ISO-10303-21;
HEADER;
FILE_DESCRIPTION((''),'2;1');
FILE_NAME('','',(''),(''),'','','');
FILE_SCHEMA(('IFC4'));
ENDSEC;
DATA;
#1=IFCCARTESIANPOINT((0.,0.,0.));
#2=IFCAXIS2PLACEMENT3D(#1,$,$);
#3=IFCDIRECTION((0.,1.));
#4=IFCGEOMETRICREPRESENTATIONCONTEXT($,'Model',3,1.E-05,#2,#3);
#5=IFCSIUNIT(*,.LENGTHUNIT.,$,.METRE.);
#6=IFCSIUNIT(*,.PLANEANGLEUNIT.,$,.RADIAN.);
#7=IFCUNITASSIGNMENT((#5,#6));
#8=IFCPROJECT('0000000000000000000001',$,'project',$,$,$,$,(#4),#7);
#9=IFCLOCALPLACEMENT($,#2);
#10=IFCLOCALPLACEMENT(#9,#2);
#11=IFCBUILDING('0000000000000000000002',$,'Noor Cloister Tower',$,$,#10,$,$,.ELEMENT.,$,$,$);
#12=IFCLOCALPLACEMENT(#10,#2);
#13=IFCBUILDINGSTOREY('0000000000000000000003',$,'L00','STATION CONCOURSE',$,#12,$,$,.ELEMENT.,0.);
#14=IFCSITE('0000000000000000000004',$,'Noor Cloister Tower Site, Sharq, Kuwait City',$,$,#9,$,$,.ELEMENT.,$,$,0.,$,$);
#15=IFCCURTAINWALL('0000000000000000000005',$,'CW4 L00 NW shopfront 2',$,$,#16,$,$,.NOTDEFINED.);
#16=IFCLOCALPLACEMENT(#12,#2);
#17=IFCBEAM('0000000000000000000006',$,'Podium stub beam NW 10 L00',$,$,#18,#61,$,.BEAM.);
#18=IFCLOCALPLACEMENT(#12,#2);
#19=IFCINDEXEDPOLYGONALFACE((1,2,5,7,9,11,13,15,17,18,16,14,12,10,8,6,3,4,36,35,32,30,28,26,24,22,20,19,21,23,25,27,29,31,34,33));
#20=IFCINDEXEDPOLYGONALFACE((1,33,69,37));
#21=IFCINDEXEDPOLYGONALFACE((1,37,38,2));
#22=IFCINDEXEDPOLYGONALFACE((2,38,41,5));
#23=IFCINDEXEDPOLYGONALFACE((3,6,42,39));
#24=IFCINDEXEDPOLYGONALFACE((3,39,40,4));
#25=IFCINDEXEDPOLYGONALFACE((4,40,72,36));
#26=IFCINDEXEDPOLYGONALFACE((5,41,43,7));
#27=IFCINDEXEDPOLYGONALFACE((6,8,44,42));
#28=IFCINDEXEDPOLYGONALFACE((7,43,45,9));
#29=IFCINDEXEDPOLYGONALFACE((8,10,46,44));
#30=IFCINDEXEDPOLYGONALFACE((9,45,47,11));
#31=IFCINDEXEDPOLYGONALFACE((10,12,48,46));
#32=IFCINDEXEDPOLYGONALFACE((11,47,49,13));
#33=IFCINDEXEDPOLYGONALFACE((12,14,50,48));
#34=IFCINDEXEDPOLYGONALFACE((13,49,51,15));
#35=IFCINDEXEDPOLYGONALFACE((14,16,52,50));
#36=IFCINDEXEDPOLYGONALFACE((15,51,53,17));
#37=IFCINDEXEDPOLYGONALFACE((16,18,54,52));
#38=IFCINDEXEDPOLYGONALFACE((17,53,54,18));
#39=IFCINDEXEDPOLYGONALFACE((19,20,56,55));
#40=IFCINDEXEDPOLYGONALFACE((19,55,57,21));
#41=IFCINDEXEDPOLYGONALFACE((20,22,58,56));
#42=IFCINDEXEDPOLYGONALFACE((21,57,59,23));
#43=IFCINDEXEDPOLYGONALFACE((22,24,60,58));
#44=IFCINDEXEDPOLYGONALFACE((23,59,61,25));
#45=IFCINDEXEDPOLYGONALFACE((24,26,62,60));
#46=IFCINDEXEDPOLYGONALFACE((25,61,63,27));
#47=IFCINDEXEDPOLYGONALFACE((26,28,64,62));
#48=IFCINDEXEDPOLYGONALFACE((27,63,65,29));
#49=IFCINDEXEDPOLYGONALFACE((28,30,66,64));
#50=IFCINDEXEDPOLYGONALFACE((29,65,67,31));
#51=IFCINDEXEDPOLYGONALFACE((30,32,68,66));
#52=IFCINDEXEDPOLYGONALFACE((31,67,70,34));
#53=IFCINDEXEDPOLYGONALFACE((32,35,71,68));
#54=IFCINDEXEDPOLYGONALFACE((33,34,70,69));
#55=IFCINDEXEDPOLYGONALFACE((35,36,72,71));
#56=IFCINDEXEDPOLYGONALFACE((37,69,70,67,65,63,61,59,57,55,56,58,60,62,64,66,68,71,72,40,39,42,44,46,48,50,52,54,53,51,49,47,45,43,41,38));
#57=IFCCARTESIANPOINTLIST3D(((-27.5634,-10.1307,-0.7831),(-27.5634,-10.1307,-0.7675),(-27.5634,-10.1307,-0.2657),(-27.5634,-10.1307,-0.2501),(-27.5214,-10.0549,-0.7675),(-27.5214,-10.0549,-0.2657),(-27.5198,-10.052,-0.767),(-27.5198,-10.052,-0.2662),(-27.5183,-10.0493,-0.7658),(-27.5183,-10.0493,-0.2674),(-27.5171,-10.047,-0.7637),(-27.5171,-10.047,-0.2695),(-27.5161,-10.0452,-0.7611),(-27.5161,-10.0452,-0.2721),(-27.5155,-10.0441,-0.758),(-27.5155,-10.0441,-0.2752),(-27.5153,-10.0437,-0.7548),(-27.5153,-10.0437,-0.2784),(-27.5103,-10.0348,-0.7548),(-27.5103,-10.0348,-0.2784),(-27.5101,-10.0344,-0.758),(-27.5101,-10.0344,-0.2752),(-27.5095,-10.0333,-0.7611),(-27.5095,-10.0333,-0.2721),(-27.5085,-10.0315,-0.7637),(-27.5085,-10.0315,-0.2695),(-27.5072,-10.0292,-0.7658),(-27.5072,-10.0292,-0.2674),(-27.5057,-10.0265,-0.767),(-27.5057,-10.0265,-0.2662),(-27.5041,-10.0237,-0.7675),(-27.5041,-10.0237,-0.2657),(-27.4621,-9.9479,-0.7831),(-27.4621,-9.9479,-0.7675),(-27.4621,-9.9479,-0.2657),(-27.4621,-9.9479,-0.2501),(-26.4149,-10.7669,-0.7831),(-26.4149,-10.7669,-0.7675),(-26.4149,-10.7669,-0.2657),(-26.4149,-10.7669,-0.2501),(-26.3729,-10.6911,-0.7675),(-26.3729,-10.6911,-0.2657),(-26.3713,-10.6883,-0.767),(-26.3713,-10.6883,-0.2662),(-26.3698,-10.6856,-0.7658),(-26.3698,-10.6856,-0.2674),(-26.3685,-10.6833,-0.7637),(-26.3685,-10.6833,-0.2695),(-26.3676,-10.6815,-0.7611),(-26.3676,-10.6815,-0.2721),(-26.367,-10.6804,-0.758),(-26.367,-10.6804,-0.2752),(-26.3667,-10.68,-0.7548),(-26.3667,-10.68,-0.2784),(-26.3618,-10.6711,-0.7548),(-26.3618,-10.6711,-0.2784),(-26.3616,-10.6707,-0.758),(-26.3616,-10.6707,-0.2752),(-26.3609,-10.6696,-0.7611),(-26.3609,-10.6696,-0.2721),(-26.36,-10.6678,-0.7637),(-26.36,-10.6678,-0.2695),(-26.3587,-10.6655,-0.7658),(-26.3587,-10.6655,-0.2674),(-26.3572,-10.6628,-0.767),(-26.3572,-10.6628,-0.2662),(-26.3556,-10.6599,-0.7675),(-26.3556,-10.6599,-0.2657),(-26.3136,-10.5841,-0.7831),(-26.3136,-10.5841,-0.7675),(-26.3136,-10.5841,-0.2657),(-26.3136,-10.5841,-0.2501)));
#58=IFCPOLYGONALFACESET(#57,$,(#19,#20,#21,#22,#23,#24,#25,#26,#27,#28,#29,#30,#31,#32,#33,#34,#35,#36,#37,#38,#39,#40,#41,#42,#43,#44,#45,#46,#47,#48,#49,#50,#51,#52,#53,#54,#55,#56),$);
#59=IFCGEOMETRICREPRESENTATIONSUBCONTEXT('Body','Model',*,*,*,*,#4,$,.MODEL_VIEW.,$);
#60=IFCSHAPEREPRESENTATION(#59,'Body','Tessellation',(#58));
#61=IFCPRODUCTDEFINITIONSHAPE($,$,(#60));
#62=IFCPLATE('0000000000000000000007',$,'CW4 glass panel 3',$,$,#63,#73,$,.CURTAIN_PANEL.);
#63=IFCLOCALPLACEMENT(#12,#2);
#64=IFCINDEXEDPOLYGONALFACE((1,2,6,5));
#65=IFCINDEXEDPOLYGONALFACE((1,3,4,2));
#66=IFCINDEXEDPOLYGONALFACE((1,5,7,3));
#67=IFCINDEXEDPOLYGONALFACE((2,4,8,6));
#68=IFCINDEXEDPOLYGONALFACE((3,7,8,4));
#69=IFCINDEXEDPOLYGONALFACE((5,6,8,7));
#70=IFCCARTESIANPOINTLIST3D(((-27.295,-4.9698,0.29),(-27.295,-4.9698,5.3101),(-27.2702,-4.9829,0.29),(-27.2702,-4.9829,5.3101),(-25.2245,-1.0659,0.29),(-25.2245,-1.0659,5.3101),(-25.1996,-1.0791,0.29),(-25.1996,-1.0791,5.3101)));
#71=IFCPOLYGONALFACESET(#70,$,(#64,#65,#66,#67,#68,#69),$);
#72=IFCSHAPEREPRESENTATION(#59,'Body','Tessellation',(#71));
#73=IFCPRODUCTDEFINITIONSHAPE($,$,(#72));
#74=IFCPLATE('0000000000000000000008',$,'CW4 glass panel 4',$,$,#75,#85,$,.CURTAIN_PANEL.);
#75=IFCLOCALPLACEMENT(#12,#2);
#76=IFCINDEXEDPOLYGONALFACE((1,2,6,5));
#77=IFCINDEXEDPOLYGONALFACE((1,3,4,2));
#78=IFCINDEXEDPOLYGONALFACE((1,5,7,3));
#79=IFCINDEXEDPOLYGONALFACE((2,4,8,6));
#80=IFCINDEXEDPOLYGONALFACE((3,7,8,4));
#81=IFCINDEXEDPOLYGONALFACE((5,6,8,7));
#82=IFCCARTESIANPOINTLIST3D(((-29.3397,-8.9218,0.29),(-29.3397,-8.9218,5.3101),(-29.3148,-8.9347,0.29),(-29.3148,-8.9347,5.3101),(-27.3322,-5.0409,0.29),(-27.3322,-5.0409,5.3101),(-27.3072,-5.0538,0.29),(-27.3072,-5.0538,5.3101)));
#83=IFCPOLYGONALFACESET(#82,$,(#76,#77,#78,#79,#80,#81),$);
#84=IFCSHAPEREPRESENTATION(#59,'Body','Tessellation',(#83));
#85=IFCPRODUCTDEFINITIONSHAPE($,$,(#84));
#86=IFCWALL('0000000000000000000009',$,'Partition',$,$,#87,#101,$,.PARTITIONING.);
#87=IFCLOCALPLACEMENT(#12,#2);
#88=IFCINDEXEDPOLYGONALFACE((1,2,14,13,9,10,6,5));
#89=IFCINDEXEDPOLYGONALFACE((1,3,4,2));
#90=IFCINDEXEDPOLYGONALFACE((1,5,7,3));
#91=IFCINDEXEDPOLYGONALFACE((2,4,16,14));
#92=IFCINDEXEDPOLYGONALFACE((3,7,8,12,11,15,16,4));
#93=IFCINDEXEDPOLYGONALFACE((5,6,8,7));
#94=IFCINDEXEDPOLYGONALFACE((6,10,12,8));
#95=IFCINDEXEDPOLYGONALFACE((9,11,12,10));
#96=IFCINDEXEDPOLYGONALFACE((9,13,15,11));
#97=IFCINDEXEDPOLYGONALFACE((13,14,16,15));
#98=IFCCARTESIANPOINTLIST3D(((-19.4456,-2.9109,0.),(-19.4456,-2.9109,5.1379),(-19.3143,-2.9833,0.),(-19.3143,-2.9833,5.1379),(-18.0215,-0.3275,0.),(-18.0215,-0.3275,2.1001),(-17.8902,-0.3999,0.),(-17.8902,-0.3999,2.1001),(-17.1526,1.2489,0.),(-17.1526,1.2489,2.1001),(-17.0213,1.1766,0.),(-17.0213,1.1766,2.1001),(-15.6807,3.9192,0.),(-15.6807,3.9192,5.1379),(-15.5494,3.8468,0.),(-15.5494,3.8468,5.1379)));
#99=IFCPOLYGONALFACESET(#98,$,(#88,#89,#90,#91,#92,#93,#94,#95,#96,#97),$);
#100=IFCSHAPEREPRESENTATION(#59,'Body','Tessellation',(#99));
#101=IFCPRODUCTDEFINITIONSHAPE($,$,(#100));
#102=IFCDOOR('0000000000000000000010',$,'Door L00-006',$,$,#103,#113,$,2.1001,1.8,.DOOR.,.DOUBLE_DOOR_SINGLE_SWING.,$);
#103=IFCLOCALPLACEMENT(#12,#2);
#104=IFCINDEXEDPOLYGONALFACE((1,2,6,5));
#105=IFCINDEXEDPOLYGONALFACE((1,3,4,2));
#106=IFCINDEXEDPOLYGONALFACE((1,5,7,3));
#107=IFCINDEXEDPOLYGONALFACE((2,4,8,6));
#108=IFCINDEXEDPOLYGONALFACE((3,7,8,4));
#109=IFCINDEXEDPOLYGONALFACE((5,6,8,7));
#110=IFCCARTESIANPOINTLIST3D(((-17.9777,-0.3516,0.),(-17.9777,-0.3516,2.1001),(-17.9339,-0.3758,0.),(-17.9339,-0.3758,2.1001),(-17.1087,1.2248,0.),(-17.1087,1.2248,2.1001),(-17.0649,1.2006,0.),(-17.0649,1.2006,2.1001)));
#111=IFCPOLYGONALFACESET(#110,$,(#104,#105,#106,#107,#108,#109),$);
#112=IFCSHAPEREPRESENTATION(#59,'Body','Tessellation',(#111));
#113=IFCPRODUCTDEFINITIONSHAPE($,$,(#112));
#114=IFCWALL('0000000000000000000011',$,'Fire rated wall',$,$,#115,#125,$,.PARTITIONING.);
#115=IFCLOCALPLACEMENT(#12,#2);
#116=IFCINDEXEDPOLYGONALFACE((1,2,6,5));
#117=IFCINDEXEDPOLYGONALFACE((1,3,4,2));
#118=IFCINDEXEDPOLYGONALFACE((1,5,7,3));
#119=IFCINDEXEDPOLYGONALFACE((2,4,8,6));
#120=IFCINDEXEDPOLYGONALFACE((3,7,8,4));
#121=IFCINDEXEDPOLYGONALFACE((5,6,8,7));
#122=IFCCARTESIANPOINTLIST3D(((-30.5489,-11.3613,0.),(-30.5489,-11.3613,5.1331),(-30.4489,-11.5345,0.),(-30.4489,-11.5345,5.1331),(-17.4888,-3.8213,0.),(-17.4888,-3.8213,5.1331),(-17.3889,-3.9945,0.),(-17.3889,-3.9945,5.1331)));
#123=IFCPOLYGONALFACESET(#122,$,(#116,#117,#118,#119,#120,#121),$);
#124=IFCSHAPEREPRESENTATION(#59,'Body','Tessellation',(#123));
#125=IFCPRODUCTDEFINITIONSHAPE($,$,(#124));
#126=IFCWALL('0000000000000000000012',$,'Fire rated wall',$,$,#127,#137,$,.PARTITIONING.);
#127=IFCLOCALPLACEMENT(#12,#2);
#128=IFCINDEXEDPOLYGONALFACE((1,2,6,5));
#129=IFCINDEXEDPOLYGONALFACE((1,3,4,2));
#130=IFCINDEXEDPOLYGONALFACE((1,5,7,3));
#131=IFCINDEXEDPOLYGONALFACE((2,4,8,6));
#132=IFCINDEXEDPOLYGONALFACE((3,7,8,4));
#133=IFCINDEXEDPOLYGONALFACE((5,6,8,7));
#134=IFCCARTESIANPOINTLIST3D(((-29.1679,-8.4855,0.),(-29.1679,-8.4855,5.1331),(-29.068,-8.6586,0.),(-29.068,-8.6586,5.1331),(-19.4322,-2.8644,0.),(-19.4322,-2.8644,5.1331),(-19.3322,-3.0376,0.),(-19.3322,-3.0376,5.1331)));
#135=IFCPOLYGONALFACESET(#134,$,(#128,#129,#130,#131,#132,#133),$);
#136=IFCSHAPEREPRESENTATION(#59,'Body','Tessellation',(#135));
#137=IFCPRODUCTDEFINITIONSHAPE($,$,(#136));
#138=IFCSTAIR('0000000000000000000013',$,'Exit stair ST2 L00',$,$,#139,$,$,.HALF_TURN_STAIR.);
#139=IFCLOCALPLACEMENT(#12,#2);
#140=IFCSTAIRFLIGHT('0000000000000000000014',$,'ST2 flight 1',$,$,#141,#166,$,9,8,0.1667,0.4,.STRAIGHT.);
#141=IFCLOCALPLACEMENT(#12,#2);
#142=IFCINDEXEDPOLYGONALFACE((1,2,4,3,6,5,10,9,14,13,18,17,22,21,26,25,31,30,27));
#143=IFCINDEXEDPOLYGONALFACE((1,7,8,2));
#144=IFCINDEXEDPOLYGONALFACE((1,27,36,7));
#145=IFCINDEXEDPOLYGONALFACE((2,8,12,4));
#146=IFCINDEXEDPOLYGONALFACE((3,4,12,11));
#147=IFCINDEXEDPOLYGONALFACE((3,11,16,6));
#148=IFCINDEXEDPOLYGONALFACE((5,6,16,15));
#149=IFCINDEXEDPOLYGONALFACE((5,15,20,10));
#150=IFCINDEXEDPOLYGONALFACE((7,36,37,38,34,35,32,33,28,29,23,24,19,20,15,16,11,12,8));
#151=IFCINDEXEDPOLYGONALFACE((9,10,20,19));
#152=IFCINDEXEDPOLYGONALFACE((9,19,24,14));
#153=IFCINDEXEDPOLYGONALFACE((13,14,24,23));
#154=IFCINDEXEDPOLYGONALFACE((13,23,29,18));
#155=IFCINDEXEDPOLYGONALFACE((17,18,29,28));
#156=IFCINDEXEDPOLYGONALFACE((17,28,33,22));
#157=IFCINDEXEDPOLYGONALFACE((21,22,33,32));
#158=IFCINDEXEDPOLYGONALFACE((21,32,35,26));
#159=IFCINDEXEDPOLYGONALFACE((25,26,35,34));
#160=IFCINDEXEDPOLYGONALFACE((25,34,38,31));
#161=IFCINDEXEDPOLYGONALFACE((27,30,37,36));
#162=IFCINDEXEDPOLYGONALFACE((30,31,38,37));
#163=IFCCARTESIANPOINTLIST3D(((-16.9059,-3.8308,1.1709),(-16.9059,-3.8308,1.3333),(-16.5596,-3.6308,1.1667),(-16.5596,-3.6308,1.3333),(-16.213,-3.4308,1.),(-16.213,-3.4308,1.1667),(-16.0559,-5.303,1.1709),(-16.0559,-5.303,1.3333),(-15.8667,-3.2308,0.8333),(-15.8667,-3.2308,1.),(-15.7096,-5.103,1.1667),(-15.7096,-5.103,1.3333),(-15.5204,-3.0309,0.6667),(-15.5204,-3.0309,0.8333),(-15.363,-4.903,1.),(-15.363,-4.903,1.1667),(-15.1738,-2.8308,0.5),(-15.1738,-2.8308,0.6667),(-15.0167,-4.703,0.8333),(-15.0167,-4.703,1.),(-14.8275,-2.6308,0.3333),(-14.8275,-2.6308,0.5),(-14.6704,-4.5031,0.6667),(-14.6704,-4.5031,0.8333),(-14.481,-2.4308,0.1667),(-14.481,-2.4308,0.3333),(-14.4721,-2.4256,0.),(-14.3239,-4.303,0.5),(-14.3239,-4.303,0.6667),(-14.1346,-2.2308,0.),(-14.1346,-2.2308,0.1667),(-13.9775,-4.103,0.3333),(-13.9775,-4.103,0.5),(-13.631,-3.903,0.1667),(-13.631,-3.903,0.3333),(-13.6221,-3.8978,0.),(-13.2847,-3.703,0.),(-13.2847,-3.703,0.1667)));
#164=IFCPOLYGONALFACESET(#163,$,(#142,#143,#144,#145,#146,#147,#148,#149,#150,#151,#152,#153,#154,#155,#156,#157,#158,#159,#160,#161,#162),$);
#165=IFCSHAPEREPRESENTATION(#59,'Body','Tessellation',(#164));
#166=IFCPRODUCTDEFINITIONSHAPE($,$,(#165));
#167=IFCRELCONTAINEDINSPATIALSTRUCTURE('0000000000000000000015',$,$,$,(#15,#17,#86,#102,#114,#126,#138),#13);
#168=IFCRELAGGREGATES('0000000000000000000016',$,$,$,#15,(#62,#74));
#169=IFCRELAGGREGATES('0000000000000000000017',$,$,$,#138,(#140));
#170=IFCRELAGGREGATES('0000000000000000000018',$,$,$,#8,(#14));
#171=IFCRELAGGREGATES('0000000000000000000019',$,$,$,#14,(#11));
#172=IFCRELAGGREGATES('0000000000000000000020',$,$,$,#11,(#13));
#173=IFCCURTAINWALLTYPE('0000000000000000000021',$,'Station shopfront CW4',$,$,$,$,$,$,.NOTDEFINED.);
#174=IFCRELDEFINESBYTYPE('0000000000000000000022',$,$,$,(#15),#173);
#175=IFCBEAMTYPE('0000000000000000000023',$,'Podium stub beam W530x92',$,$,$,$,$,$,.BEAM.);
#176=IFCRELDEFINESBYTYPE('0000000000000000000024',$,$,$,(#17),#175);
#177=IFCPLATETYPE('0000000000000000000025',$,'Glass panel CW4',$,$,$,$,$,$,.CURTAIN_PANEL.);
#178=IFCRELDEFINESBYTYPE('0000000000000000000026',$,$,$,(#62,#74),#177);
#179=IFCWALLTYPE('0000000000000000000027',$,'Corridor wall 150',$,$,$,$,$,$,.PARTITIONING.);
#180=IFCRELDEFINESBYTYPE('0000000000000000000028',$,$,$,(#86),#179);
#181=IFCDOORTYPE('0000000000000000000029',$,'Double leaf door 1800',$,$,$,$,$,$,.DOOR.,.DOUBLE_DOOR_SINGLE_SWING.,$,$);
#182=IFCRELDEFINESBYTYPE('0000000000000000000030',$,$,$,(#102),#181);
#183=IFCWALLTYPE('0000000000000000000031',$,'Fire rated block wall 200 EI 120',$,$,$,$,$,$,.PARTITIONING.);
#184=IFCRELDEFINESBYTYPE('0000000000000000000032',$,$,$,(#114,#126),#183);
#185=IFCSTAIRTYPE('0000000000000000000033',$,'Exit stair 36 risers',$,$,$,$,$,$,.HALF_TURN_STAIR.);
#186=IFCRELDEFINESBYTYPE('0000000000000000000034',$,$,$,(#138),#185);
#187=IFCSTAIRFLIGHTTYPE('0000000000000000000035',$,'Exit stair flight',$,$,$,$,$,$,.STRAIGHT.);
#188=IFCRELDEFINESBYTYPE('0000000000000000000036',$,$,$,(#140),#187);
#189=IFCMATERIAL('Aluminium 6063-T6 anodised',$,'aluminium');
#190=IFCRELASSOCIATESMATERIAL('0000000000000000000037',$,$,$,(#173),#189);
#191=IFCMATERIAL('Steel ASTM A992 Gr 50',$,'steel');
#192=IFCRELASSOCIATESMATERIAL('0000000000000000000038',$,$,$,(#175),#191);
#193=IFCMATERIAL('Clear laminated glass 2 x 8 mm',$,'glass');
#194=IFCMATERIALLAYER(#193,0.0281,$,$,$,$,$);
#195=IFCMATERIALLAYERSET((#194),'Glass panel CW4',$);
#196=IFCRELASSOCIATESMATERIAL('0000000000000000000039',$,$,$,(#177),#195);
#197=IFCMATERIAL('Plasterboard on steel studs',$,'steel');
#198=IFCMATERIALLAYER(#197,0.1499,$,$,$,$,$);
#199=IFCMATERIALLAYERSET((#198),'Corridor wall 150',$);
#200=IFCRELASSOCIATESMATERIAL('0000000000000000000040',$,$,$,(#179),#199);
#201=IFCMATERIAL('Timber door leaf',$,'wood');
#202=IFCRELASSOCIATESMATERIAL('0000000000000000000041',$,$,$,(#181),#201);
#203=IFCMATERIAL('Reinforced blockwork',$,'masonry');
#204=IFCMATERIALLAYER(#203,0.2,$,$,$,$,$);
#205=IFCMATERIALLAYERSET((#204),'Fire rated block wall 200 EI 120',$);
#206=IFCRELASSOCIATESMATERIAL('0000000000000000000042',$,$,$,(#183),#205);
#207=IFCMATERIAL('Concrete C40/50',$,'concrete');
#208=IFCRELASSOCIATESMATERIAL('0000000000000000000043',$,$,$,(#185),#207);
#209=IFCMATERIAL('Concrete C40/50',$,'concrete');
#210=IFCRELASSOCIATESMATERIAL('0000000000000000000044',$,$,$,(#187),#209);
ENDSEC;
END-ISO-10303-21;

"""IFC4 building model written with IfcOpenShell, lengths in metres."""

from ifc_helpers import new_model, si_unit, direction, frame, frame_2d, origin, origin_2d, place, context, subcontext, project, spatial, polyline, rectangle, i_section, outline, extrude, material, layer, layer_set, material_profile, profile_set, type_object, element, fill, aggregate, save


model = new_model("IFC4")

# Units and contexts
model_context = context("Model", 3, precision=1e-05, world=origin(), true_north=direction((0.0, 1.0)))
body_context = subcontext(model_context, "Body", "Model", "MODEL_VIEW")
ifc_project = project(units=[si_unit("LENGTHUNIT", "METRE"), si_unit("PLANEANGLEUNIT", "RADIAN")], contexts=[model_context])

# Site, building, storey
site_placement = place(None, origin())
site = spatial("IfcSite", under=ifc_project, at=site_placement, Name="Noor Cloister Tower Site, Sharq, Kuwait City", CompositionType="ELEMENT", RefElevation=0.0)
building_placement = place(site_placement, origin())
building = spatial("IfcBuilding", under=site, at=building_placement, Name="Noor Cloister Tower", CompositionType="ELEMENT")
storey_placement = place(building_placement, origin())
storey = spatial("IfcBuildingStorey", under=building, at=storey_placement, Name="L00", Description="STATION CONCOURSE", CompositionType="ELEMENT", Elevation=0.0)

# Curtain wall
ifc_material_1 = material(Name="Aluminium 6063-T6 anodised", Category="aluminium")
curtain_wall_type = type_object("IfcCurtainWallType", Name="Station shopfront CW4", PredefinedType="NOTDEFINED", material=ifc_material_1)
curtain_wall_placement = place(storey_placement, origin())
curtain_wall = element("IfcCurtainWall", 1, at=curtain_wall_placement, inside=storey, type_object=curtain_wall_type, Name="CW4 L00 NW shopfront 2", PredefinedType="NOTDEFINED")

# Beam
ifc_material_2 = material(Name="Steel ASTM A992 Gr 50", Category="steel")
ifc_material_profile_1 = material_profile(ifc_material_2, i_section(OverallWidth=0.209, OverallDepth=0.533, WebThickness=0.0103, FlangeThickness=0.0156, FilletRadius=0.0127, at=origin_2d()), Name="W530x92")
ifc_profile_set_1 = profile_set([ifc_material_profile_1], Name="Steel ASTM A992 Gr 50")
beam_type_1 = type_object("IfcBeamType", Name="Podium stub beam W530x92", PredefinedType="BEAM", material=ifc_profile_set_1)
beam_1_placement = place(storey_placement, frame((-26.3643, -10.6755, -0.5166), z_axis=(-0.874736, 0.484601, 0.0), x_axis=(-0.484601, -0.874736, 0.0)))
element("IfcBeam", 2, at=beam_1_placement, inside=storey, type_object=beam_type_1, Name="Podium stub beam NW 10 L00", PredefinedType="BEAM", context=body_context, shape_type="SweptSolid", body=[
    extrude(i_section(OverallWidth=0.209, OverallDepth=0.533, WebThickness=0.0103, FlangeThickness=0.0156, FilletRadius=0.0127, at=origin_2d()), origin(), (0.0, 0.0, 1.0), 1.313),
])

# Plates
ifc_material_3 = material(Name="Clear laminated glass 2 x 8 mm", Category="glass")
ifc_layer_1 = layer(ifc_material_3, 0.0281)
ifc_layer_set_1 = layer_set([ifc_layer_1], Name="Glass panel CW4")
plate_type = type_object("IfcPlateType", Name="Glass panel CW4", PredefinedType="CURTAIN_PANEL", material=ifc_layer_set_1)
plate_1_placement = place(storey_placement, frame((-26.2473, -3.0244, 0.29), z_axis=(0.0, 0.0, 1.0), x_axis=(-0.468557, -0.883433, 0.0)))
plate_1 = element("IfcPlate", 3, at=plate_1_placement, type_object=plate_type, Name="CW4 glass panel 3", PredefinedType="CURTAIN_PANEL", context=body_context, shape_type="SweptSolid", body=[
    extrude(rectangle(XDim=4.4189, YDim=0.0281, at=origin_2d()), origin(), (0.0, 0.0, 1.0), 5.02),
])
plate_2_placement = place(storey_placement, frame((-28.3235, -6.9878, 0.29), z_axis=(0.0, 0.0, 1.0), x_axis=(-0.45946, -0.888199, 0.0)))
plate_2 = element("IfcPlate", 4, at=plate_2_placement, type_object=plate_type, Name="CW4 glass panel 4", PredefinedType="CURTAIN_PANEL", context=body_context, shape_type="SweptSolid", body=[
    extrude(rectangle(XDim=4.3694, YDim=0.0281, at=origin_2d()), origin(), (0.0, 0.0, 1.0), 5.02),
])
aggregate(curtain_wall, [plate_1, plate_2])

# Wall, opening, door
ifc_material_4 = material(Name="Plasterboard on steel studs", Category="steel")
ifc_layer_2 = layer(ifc_material_4, 0.1499)
ifc_layer_set_2 = layer_set([ifc_layer_2], Name="Corridor wall 150")
wall_type_1 = type_object("IfcWallType", Name="Corridor wall 150", PredefinedType="PARTITIONING", material=ifc_layer_set_2)
wall_1_placement = place(storey_placement, frame((-19.3799, -2.947, 0.0), z_axis=(0.0, 0.0, 1.0), x_axis=(0.48274, 0.875763, 0.0)))
wall_1 = element("IfcWall", 5, at=wall_1_placement, inside=storey, type_object=wall_type_1, Name="Partition", PredefinedType="PARTITIONING", context=body_context, shape_type="SweptSolid", body=[
    extrude(rectangle(XDim=7.7991, YDim=0.1499, at=frame_2d((3.8994, 0.0))), origin(), (0.0, 0.0, 1.0), 5.1379),
])
opening_1_placement = place(wall_1_placement, frame((2.95, 0.0, 0.0)))
opening_1 = element("IfcOpeningElement", 6, at=opening_1_placement, cuts=wall_1, PredefinedType="OPENING", context=body_context, shape_type="SweptSolid", body=[
    extrude(rectangle(XDim=1.8, YDim=2.1001, at=frame_2d((0.8999, 1.05))), frame((0.0, 0.085, 0.0), z_axis=(0.0, -1.0, 0.0), x_axis=(1.0, 0.0, 0.0)), (0.0, 0.0, 1.0), 0.1699),
])
ifc_material_5 = material(Name="Timber door leaf", Category="wood")
door_type_1 = type_object("IfcDoorType", Name="Double leaf door 1800", OperationType="DOUBLE_DOOR_SINGLE_SWING", PredefinedType="DOOR", material=ifc_material_5)
door_1_placement = place(opening_1_placement, origin())
door_1 = element("IfcDoor", 7, at=door_1_placement, inside=storey, type_object=door_type_1, Name="Door L00-006", OperationType="DOUBLE_DOOR_SINGLE_SWING", OverallHeight=2.1001, OverallWidth=1.8, PredefinedType="DOOR", context=body_context, shape_type="SweptSolid", body=[
    extrude(rectangle(XDim=1.8, YDim=2.1001, at=frame_2d((0.8999, 1.05))), frame((0.0, 0.0249, 0.0), z_axis=(0.0, -1.0, 0.0), x_axis=(1.0, 0.0, 0.0)), (0.0, 0.0, 1.0), 0.05),
])
fill(opening_1, door_1)

# Walls
ifc_material_6 = material(Name="Reinforced blockwork", Category="masonry")
ifc_layer_3 = layer(ifc_material_6, 0.2)
ifc_layer_set_3 = layer_set([ifc_layer_3], Name="Fire rated block wall 200 EI 120")
wall_type_2 = type_object("IfcWallType", Name="Fire rated block wall 200 EI 120", PredefinedType="PARTITIONING", material=ifc_layer_set_3)
wall_2_placement = place(storey_placement, frame((-17.439, -3.908, 0.0), z_axis=(0.0, 0.0, 1.0), x_axis=(-0.866031, -0.499991, 0.0)))
element("IfcWall", 8, at=wall_2_placement, inside=storey, type_object=wall_type_2, Name="Fire rated wall", PredefinedType="PARTITIONING", context=body_context, shape_type="SweptSolid", body=[
    extrude(rectangle(XDim=15.0803, YDim=0.2, at=frame_2d((7.54, 0.0))), origin(), (0.0, 0.0, 1.0), 5.1331),
])
wall_3_placement = place(storey_placement, frame((-19.3821, -2.9509, 0.0), z_axis=(0.0, 0.0, 1.0), x_axis=(-0.866021, -0.500007, 0.0)))
element("IfcWall", 9, at=wall_3_placement, inside=storey, type_object=wall_type_2, Name="Fire rated wall", PredefinedType="PARTITIONING", context=body_context, shape_type="SweptSolid", body=[
    extrude(rectangle(XDim=11.2419, YDim=0.2, at=frame_2d((5.6211, 0.0))), origin(), (0.0, 0.0, 1.0), 5.1331),
])

# Stair, stair flight
ifc_material_7 = material(Name="Concrete C40/50", Category="concrete")
stair_type = type_object("IfcStairType", Name="Exit stair 36 risers", PredefinedType="HALF_TURN_STAIR", material=ifc_material_7)
stair_placement = place(storey_placement, origin())
stair = element("IfcStair", 10, at=stair_placement, inside=storey, type_object=stair_type, Name="Exit stair ST2 L00", PredefinedType="HALF_TURN_STAIR")
ifc_material_8 = material(Name="Concrete C40/50", Category="concrete")
stair_flight_type = type_object("IfcStairFlightType", Name="Exit stair flight", PredefinedType="STRAIGHT", material=ifc_material_8)
stair_flight_1_placement = place(storey_placement, frame((-13.7097, -2.9668, 0.0), z_axis=(0.0, 0.0, 1.0), x_axis=(-0.866025, -0.5, 0.0)))
stair_flight_1 = element("IfcStairFlight", 11, at=stair_flight_1_placement, type_object=stair_flight_type, Name="ST2 flight 1", NumberOfRisers=9, NumberOfTreads=8, PredefinedType="STRAIGHT", RiserHeight=0.1667, TreadLength=0.4, context=body_context, shape_type="SweptSolid", body=[
    extrude(outline(polyline([(0.0, 0.0), (0.0, 0.1667), (0.3999, 0.1667), (0.3999, 0.3333), (0.8, 0.3333), (0.8, 0.5), (1.2, 0.5), (1.2, 0.6667), (1.6001, 0.6667), (1.6001, 0.8333), (2.0, 0.8333), (2.0, 1.0), (2.3999, 1.0), (2.3999, 1.1667), (2.8, 1.1667), (2.8, 1.3333), (3.2, 1.3333), (3.2, 1.5), (3.2, 1.1709), (0.3896, 0.0), (0.0, 0.0)])), frame((0.0, 0.8501, 0.0), z_axis=(0.0, -1.0, 0.0), x_axis=(1.0, 0.0, 0.0)), (0.0, 0.0, 1.0), 1.7),
])
aggregate(stair, [stair_flight_1])

save(model, "model.ifc")
